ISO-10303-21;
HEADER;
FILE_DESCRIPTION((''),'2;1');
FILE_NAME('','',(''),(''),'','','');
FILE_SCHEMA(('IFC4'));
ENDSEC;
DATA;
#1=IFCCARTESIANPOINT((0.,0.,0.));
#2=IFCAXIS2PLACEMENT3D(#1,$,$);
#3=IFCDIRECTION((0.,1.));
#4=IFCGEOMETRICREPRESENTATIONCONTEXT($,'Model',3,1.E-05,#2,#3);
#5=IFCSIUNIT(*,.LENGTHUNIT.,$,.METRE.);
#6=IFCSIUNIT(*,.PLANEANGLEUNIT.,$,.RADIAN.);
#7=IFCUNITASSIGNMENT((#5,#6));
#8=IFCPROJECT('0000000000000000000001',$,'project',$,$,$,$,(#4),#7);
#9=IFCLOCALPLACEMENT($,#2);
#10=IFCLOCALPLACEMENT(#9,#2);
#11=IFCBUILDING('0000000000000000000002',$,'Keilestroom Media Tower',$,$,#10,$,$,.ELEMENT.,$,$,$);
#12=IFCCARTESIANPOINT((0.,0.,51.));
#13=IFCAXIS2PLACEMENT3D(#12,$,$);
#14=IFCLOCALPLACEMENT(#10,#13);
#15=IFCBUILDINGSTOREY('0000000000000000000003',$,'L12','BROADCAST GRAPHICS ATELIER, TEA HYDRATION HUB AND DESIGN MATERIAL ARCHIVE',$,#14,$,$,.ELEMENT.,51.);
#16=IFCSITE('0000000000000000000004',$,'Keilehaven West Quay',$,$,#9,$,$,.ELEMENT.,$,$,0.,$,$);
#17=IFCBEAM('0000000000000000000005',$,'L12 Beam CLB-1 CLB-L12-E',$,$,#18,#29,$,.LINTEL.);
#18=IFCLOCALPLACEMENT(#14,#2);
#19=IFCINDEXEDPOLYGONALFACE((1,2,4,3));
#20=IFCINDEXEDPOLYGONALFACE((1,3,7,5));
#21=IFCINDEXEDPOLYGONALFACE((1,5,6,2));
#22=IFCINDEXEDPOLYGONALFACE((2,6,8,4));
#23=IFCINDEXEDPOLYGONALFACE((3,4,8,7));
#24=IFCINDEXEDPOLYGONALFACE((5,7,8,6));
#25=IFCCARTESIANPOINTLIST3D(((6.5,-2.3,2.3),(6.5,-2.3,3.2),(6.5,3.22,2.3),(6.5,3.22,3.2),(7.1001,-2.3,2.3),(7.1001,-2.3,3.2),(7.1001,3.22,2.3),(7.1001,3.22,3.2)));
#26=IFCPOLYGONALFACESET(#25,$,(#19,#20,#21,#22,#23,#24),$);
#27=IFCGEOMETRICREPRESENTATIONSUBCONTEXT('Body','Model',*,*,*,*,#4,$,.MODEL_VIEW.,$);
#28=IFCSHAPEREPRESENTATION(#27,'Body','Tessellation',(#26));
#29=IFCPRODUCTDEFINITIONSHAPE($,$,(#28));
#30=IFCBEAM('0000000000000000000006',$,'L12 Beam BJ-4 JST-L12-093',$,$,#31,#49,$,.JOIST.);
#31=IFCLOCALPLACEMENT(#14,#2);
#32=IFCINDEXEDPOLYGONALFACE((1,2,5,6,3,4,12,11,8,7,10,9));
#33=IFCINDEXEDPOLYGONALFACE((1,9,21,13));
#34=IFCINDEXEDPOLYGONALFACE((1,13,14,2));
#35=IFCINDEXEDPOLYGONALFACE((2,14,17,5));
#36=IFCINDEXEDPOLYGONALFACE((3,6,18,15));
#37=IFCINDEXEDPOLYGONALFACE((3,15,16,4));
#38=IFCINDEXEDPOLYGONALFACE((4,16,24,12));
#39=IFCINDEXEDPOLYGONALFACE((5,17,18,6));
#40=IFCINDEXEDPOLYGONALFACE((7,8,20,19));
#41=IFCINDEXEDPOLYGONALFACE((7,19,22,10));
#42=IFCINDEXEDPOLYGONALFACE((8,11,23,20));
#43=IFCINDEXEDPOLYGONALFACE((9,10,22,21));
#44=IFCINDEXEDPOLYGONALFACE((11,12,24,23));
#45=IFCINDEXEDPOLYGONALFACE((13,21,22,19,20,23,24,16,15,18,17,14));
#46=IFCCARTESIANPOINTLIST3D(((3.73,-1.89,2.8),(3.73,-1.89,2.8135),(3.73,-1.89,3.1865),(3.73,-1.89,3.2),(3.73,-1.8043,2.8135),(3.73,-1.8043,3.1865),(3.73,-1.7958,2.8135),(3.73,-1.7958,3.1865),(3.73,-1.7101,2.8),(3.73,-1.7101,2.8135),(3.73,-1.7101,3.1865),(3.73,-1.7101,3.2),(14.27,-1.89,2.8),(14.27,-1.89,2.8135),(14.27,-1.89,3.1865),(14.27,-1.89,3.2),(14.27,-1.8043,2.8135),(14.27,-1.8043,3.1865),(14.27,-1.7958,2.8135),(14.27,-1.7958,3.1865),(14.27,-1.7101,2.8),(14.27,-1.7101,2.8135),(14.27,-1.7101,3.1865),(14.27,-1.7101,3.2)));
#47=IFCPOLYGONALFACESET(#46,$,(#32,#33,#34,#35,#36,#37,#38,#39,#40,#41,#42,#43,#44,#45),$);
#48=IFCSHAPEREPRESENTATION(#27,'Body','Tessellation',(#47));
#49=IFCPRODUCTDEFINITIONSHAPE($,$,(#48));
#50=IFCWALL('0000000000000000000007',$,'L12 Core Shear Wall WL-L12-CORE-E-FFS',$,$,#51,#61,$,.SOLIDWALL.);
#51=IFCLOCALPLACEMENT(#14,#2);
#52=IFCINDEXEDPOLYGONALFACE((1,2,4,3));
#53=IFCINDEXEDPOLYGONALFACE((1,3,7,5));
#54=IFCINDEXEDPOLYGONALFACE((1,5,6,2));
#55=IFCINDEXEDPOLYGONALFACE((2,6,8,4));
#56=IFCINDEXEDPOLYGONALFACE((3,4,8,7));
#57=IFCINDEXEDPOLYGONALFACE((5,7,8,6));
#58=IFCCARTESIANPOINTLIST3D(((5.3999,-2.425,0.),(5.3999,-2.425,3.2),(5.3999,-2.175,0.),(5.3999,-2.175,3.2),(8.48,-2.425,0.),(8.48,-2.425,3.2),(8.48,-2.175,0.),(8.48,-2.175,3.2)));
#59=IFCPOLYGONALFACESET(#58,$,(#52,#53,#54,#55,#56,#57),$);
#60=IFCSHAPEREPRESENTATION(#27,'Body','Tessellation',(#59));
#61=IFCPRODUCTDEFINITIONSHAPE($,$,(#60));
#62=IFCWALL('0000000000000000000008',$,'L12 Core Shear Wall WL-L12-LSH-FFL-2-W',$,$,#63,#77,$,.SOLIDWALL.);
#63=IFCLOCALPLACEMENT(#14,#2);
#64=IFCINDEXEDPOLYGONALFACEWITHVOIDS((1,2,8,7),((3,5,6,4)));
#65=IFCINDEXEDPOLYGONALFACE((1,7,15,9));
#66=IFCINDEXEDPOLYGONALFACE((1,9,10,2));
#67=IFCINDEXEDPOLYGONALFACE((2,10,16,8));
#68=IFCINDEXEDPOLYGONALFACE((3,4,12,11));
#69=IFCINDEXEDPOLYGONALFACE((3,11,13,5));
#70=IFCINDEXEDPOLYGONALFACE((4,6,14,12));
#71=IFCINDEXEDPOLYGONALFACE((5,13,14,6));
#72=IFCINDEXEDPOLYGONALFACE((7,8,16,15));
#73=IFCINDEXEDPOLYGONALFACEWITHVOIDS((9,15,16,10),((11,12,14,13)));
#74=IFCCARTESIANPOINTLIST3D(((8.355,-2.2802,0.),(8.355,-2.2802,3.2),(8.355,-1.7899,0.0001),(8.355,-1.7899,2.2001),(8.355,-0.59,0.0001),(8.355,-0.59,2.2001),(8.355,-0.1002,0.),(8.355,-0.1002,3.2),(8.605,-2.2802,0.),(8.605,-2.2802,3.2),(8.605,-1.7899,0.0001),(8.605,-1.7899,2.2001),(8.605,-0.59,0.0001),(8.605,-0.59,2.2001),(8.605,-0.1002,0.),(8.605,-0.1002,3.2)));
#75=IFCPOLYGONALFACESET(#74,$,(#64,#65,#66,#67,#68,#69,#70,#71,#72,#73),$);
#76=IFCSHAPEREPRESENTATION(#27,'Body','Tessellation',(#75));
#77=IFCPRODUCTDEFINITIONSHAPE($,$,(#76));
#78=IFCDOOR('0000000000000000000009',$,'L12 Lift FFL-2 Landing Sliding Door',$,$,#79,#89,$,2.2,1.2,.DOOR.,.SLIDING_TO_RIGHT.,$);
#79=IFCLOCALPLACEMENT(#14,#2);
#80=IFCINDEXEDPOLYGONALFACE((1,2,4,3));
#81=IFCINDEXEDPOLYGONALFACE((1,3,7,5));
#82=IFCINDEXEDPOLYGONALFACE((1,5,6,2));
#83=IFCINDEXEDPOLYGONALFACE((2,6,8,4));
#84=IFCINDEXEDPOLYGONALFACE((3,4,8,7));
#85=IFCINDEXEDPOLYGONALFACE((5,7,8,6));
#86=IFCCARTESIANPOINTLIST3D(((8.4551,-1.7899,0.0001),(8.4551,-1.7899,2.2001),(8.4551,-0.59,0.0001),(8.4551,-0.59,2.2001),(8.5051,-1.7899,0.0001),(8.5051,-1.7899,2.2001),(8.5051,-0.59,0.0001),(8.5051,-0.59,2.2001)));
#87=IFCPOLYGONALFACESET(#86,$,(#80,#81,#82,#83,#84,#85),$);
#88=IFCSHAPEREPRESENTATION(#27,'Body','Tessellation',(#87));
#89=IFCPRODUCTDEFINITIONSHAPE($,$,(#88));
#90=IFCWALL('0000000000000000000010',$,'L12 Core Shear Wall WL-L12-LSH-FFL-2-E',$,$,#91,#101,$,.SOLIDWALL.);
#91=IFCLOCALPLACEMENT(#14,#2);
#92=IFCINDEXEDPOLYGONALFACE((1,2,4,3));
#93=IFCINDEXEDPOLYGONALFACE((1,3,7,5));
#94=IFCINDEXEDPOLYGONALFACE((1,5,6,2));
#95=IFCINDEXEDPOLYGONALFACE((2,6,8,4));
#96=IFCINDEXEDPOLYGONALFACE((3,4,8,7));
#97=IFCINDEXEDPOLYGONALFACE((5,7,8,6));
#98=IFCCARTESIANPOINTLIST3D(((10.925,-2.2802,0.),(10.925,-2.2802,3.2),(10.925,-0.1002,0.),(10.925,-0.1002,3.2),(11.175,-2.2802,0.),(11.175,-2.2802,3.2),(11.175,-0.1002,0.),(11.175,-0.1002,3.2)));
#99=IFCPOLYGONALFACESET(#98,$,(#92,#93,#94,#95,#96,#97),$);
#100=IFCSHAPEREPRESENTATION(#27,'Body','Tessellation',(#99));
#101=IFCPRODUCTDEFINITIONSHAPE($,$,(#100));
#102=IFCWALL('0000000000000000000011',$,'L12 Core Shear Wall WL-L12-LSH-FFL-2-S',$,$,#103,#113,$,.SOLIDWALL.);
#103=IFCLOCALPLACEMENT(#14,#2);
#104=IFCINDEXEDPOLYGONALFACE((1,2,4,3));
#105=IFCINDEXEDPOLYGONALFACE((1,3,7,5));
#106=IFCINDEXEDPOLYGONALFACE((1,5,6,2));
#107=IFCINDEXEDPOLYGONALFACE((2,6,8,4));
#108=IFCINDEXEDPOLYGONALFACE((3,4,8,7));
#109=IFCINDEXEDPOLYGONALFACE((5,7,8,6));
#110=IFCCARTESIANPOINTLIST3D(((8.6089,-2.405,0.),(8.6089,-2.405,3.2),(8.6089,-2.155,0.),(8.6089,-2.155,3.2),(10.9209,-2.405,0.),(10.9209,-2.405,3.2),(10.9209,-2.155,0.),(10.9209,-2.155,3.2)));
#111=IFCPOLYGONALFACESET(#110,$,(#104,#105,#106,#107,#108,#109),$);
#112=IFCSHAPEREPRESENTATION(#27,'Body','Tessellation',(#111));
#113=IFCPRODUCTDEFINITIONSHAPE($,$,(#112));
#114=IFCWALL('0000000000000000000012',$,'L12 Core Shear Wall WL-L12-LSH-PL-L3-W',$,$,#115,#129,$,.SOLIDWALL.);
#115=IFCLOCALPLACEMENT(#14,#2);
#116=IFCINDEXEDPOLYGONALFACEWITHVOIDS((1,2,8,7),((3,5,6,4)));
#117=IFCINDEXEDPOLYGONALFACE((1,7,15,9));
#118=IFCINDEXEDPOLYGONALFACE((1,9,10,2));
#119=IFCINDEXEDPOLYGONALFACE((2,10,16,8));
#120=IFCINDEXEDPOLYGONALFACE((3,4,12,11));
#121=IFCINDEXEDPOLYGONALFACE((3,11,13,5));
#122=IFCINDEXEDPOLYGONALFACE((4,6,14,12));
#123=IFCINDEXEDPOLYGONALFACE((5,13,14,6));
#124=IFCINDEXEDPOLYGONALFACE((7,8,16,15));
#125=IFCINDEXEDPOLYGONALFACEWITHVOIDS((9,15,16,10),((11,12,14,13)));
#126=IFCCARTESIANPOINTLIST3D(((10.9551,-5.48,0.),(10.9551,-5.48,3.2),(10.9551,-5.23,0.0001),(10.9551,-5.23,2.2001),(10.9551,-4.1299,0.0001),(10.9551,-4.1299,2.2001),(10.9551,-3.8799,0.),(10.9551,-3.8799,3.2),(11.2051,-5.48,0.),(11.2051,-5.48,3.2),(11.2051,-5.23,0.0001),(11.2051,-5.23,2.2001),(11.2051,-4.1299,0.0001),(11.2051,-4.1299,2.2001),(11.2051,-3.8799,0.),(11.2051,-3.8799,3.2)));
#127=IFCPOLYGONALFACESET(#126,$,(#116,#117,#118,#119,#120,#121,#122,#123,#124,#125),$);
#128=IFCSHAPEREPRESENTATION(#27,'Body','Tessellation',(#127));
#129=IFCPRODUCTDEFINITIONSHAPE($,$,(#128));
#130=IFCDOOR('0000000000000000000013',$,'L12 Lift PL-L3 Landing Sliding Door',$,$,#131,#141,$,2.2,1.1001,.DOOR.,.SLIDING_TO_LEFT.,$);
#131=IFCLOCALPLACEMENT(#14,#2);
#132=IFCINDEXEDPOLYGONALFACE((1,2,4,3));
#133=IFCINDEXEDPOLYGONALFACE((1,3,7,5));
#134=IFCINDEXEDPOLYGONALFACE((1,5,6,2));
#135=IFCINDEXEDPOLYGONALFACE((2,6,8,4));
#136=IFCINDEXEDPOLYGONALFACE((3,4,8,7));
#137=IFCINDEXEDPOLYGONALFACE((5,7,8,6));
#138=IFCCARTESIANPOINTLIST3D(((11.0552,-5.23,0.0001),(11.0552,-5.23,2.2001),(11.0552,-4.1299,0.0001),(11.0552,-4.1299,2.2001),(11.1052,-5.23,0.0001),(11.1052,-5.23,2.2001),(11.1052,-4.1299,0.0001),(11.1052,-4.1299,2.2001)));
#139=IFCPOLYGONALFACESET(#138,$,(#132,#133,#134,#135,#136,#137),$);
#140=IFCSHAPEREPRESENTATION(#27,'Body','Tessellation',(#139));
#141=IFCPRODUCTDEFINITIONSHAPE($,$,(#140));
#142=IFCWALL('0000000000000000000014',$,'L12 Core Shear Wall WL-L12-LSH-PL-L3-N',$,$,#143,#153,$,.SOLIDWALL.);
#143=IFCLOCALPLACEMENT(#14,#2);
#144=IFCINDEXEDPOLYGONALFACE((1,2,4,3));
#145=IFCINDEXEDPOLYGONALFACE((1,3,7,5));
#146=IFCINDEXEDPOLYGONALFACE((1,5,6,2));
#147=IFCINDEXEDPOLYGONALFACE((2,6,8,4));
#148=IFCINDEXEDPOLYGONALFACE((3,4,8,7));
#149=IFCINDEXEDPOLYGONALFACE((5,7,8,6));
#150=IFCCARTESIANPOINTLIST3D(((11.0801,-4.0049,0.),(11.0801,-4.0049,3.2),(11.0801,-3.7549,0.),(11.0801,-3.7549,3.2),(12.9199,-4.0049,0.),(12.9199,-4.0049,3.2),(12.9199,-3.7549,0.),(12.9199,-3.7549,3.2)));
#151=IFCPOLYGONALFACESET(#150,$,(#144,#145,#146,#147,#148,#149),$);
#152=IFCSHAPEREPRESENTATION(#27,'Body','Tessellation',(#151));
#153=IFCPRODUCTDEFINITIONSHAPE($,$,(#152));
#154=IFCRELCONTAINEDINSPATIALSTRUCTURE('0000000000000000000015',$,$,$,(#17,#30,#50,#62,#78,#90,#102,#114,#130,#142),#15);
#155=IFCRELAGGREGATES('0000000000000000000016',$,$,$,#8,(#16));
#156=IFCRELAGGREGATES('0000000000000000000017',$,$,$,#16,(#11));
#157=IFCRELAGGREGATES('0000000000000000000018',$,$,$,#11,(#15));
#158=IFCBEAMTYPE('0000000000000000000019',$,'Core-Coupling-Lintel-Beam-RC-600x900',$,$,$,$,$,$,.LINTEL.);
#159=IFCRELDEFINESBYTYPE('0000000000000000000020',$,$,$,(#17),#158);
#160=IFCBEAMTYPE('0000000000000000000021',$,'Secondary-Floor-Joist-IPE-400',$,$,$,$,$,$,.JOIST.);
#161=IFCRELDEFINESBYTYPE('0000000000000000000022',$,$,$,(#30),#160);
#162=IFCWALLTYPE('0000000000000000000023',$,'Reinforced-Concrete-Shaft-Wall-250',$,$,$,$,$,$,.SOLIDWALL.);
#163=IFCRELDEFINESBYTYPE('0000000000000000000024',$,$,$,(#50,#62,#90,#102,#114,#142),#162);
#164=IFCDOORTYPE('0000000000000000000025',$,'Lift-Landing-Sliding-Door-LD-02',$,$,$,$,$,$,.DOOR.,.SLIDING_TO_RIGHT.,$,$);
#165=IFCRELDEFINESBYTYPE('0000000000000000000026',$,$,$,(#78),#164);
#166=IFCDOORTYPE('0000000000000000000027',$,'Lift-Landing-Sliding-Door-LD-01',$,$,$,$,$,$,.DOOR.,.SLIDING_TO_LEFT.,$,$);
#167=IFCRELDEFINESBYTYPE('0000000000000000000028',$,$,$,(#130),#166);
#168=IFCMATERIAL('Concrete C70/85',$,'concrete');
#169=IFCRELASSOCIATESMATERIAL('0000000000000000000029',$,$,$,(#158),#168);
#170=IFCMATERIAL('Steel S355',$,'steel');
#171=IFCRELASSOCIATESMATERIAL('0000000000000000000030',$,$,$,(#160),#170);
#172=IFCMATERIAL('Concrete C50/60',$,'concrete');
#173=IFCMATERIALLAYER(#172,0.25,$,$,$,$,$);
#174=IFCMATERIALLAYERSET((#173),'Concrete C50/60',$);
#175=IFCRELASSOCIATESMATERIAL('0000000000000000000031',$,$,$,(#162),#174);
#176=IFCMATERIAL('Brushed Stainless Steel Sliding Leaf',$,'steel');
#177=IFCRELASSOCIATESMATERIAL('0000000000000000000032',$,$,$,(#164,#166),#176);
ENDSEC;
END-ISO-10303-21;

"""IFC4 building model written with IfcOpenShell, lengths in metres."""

from ifc_helpers import new_model, si_unit, direction, frame, frame_2d, origin, origin_2d, place, context, subcontext, project, spatial, rectangle, i_section, extrude, source, transform, mapped, material, layer, layer_set, material_profile, profile_set, type_object, element, fill, save


model = new_model("IFC4")

# Units and contexts
model_context = context("Model", 3, precision=1e-05, world=origin(), true_north=direction((0.0, 1.0)))
body_context = subcontext(model_context, "Body", "Model", "MODEL_VIEW")
ifc_project = project(units=[si_unit("LENGTHUNIT", "METRE"), si_unit("PLANEANGLEUNIT", "RADIAN")], contexts=[model_context])

# Site, building, storey
site_placement = place(None, origin())
site = spatial("IfcSite", under=ifc_project, at=site_placement, Name="Keilehaven West Quay", CompositionType="ELEMENT", RefElevation=0.0)
building_placement = place(site_placement, origin())
building = spatial("IfcBuilding", under=site, at=building_placement, Name="Keilestroom Media Tower", CompositionType="ELEMENT")
storey_placement = place(building_placement, frame((0.0, 0.0, 51.0)))
storey = spatial("IfcBuildingStorey", under=building, at=storey_placement, Name="L12", Description="BROADCAST GRAPHICS ATELIER, TEA HYDRATION HUB AND DESIGN MATERIAL ARCHIVE", CompositionType="ELEMENT", Elevation=51.0)

# Beams
ifc_material_1 = material(Name="Concrete C70/85", Category="concrete")
ifc_material_profile_1 = material_profile(ifc_material_1, rectangle(XDim=0.6001, YDim=0.8999, at=origin_2d()), Name="RC 600x900")
ifc_profile_set_1 = profile_set([ifc_material_profile_1], Name="Concrete C70/85")
beam_type_1 = type_object("IfcBeamType", Name="Core-Coupling-Lintel-Beam-RC-600x900", PredefinedType="LINTEL", material=ifc_profile_set_1)
shared_shape_1 = source(origin(), body_context, "Body", "SweptSolid", [
    extrude(rectangle(XDim=0.6001, YDim=0.8999, at=origin_2d()), origin(), (0.0, 0.0, 1.0), 5.52),
])
beam_1_placement = place(storey_placement, frame((6.8, -2.3, 2.75), z_axis=(0.0, 1.0, 0.0), x_axis=(-1.0, 0.0, 0.0)))
element("IfcBeam", 1, at=beam_1_placement, inside=storey, type_object=beam_type_1, Name="L12 Beam CLB-1 CLB-L12-E", PredefinedType="LINTEL", context=body_context, shape_type="MappedRepresentation", body=[
    mapped(shared_shape_1, transform((0.0, 0.0, 0.0), x_axis=(1.0, 0.0, 0.0), y_axis=(0.0, 1.0, 0.0), z_axis=(0.0, 0.0, 1.0), scale=1.0)),
])
ifc_material_2 = material(Name="Steel S355", Category="steel")
ifc_material_profile_2 = material_profile(ifc_material_2, i_section(OverallWidth=0.1799, OverallDepth=0.3999, WebThickness=0.0085, FlangeThickness=0.0134, at=origin_2d()), Name="IPE 400")
ifc_profile_set_2 = profile_set([ifc_material_profile_2], Name="Steel S355")
beam_type_2 = type_object("IfcBeamType", Name="Secondary-Floor-Joist-IPE-400", PredefinedType="JOIST", material=ifc_profile_set_2)
shared_shape_2 = source(origin(), body_context, "Body", "SweptSolid", [
    extrude(i_section(OverallWidth=0.1799, OverallDepth=0.3999, WebThickness=0.0085, FlangeThickness=0.0134, at=origin_2d()), origin(), (0.0, 0.0, 1.0), 10.54),
])
beam_2_placement = place(storey_placement, frame((3.73, -1.8, 3.0), z_axis=(1.0, 0.0, 0.0), x_axis=(0.0, 1.0, 0.0)))
element("IfcBeam", 2, at=beam_2_placement, inside=storey, type_object=beam_type_2, Name="L12 Beam BJ-4 JST-L12-093", PredefinedType="JOIST", context=body_context, shape_type="MappedRepresentation", body=[
    mapped(shared_shape_2, transform((0.0, 0.0, 0.0), x_axis=(1.0, 0.0, 0.0), y_axis=(0.0, 1.0, 0.0), z_axis=(0.0, 0.0, 1.0), scale=1.0)),
])

# Wall
ifc_material_3 = material(Name="Concrete C50/60", Category="concrete")
ifc_layer_1 = layer(ifc_material_3, 0.25)
ifc_layer_set_1 = layer_set([ifc_layer_1], Name="Concrete C50/60")
wall_type_1 = type_object("IfcWallType", Name="Reinforced-Concrete-Shaft-Wall-250", PredefinedType="SOLIDWALL", material=ifc_layer_set_1)
wall_1_placement = place(storey_placement, frame((5.3999, -2.3, 0.0), z_axis=(0.0, 0.0, 1.0), x_axis=(1.0, 0.0, 0.0)))
element("IfcWall", 3, at=wall_1_placement, inside=storey, type_object=wall_type_1, Name="L12 Core Shear Wall WL-L12-CORE-E-FFS", PredefinedType="SOLIDWALL", context=body_context, shape_type="SweptSolid", body=[
    extrude(rectangle(XDim=3.0801, YDim=0.25, at=frame_2d((1.54, 0.0))), origin(), (0.0, 0.0, 1.0), 3.2),
])

# Wall, opening, door
wall_2_placement = place(storey_placement, frame((8.48, -2.28, 0.0), z_axis=(0.0, 0.0, 1.0), x_axis=(0.0, 1.0, 0.0)))
wall_2 = element("IfcWall", 4, at=wall_2_placement, inside=storey, type_object=wall_type_1, Name="L12 Core Shear Wall WL-L12-LSH-FFL-2-W", PredefinedType="SOLIDWALL", context=body_context, shape_type="SweptSolid", body=[
    extrude(rectangle(XDim=2.1799, YDim=0.25, at=frame_2d((1.0898, 0.0))), origin(), (0.0, 0.0, 1.0), 3.2),
])
opening_1_placement = place(wall_2_placement, frame((0.49, 0.0, 0.0)))
opening_1 = element("IfcOpeningElement", 5, at=opening_1_placement, cuts=wall_2, PredefinedType="OPENING", context=body_context, shape_type="SweptSolid", body=[
    extrude(rectangle(XDim=1.2, YDim=2.2, at=frame_2d((0.6001, 1.1001))), frame((0.0, 0.135, 0.0), z_axis=(0.0, -1.0, 0.0), x_axis=(1.0, 0.0, 0.0)), (0.0, 0.0, 1.0), 0.27),
])
ifc_material_4 = material(Name="Brushed Stainless Steel Sliding Leaf", Category="steel")
door_type_1 = type_object("IfcDoorType", Name="Lift-Landing-Sliding-Door-LD-02", OperationType="SLIDING_TO_RIGHT", PredefinedType="DOOR", material=ifc_material_4)
shared_shape_3 = source(origin(), body_context, "Body", "SweptSolid", [
    extrude(rectangle(XDim=1.2, YDim=2.2, at=frame_2d((0.6001, 1.1001))), frame((0.0, 0.0249, 0.0), z_axis=(0.0, -1.0, 0.0), x_axis=(1.0, 0.0, 0.0)), (0.0, 0.0, 1.0), 0.05),
])
door_1_placement = place(opening_1_placement, origin())
door_1 = element("IfcDoor", 6, at=door_1_placement, inside=storey, type_object=door_type_1, Name="L12 Lift FFL-2 Landing Sliding Door", OperationType="SLIDING_TO_RIGHT", OverallHeight=2.2, OverallWidth=1.2, PredefinedType="DOOR", context=body_context, shape_type="MappedRepresentation", body=[
    mapped(shared_shape_3, transform((0.0, 0.0, 0.0), x_axis=(1.0, 0.0, 0.0), y_axis=(0.0, 1.0, 0.0), z_axis=(0.0, 0.0, 1.0), scale=1.0)),
])
fill(opening_1, door_1)

# Walls
wall_3_placement = place(storey_placement, frame((11.05, -2.28, 0.0), z_axis=(0.0, 0.0, 1.0), x_axis=(0.0, 1.0, 0.0)))
element("IfcWall", 7, at=wall_3_placement, inside=storey, type_object=wall_type_1, Name="L12 Core Shear Wall WL-L12-LSH-FFL-2-E", PredefinedType="SOLIDWALL", context=body_context, shape_type="SweptSolid", body=[
    extrude(rectangle(XDim=2.1799, YDim=0.25, at=frame_2d((1.0898, 0.0))), origin(), (0.0, 0.0, 1.0), 3.2),
])
wall_4_placement = place(storey_placement, frame((8.6089, -2.28, 0.0), z_axis=(0.0, 0.0, 1.0), x_axis=(1.0, 0.0, 0.0)))
element("IfcWall", 8, at=wall_4_placement, inside=storey, type_object=wall_type_1, Name="L12 Core Shear Wall WL-L12-LSH-FFL-2-S", PredefinedType="SOLIDWALL", context=body_context, shape_type="SweptSolid", body=[
    extrude(rectangle(XDim=2.312, YDim=0.25, at=frame_2d((1.156, 0.0))), origin(), (0.0, 0.0, 1.0), 3.2),
])

# Wall, opening, door
wall_5_placement = place(storey_placement, frame((11.0801, -5.48, 0.0), z_axis=(0.0, 0.0, 1.0), x_axis=(0.0, 1.0, 0.0)))
wall_5 = element("IfcWall", 9, at=wall_5_placement, inside=storey, type_object=wall_type_1, Name="L12 Core Shear Wall WL-L12-LSH-PL-L3-W", PredefinedType="SOLIDWALL", context=body_context, shape_type="SweptSolid", body=[
    extrude(rectangle(XDim=1.6001, YDim=0.25, at=frame_2d((0.8, 0.0))), origin(), (0.0, 0.0, 1.0), 3.2),
])
opening_2_placement = place(wall_5_placement, frame((0.25, 0.0, 0.0)))
opening_2 = element("IfcOpeningElement", 10, at=opening_2_placement, cuts=wall_5, PredefinedType="OPENING", context=body_context, shape_type="SweptSolid", body=[
    extrude(rectangle(XDim=1.1001, YDim=2.2, at=frame_2d((0.55, 1.1001))), frame((0.0, 0.135, 0.0), z_axis=(0.0, -1.0, 0.0), x_axis=(1.0, 0.0, 0.0)), (0.0, 0.0, 1.0), 0.27),
])
door_type_2 = type_object("IfcDoorType", Name="Lift-Landing-Sliding-Door-LD-01", OperationType="SLIDING_TO_LEFT", PredefinedType="DOOR", material=ifc_material_4)
shared_shape_4 = source(origin(), body_context, "Body", "SweptSolid", [
    extrude(rectangle(XDim=1.1001, YDim=2.2, at=frame_2d((0.55, 1.1001))), frame((0.0, 0.0249, 0.0), z_axis=(0.0, -1.0, 0.0), x_axis=(1.0, 0.0, 0.0)), (0.0, 0.0, 1.0), 0.05),
])
door_2_placement = place(opening_2_placement, origin())
door_2 = element("IfcDoor", 11, at=door_2_placement, inside=storey, type_object=door_type_2, Name="L12 Lift PL-L3 Landing Sliding Door", OperationType="SLIDING_TO_LEFT", OverallHeight=2.2, OverallWidth=1.1001, PredefinedType="DOOR", context=body_context, shape_type="MappedRepresentation", body=[
    mapped(shared_shape_4, transform((0.0, 0.0, 0.0), x_axis=(1.0, 0.0, 0.0), y_axis=(0.0, 1.0, 0.0), z_axis=(0.0, 0.0, 1.0), scale=1.0)),
])
fill(opening_2, door_2)

# Wall
wall_6_placement = place(storey_placement, frame((11.0801, -3.8799, 0.0), z_axis=(0.0, 0.0, 1.0), x_axis=(1.0, 0.0, 0.0)))
element("IfcWall", 12, at=wall_6_placement, inside=storey, type_object=wall_type_1, Name="L12 Core Shear Wall WL-L12-LSH-PL-L3-N", PredefinedType="SOLIDWALL", context=body_context, shape_type="SweptSolid", body=[
    extrude(rectangle(XDim=1.8398, YDim=0.25, at=frame_2d((0.9199, 0.0))), origin(), (0.0, 0.0, 1.0), 3.2),
])

save(model, "model.ifc")
